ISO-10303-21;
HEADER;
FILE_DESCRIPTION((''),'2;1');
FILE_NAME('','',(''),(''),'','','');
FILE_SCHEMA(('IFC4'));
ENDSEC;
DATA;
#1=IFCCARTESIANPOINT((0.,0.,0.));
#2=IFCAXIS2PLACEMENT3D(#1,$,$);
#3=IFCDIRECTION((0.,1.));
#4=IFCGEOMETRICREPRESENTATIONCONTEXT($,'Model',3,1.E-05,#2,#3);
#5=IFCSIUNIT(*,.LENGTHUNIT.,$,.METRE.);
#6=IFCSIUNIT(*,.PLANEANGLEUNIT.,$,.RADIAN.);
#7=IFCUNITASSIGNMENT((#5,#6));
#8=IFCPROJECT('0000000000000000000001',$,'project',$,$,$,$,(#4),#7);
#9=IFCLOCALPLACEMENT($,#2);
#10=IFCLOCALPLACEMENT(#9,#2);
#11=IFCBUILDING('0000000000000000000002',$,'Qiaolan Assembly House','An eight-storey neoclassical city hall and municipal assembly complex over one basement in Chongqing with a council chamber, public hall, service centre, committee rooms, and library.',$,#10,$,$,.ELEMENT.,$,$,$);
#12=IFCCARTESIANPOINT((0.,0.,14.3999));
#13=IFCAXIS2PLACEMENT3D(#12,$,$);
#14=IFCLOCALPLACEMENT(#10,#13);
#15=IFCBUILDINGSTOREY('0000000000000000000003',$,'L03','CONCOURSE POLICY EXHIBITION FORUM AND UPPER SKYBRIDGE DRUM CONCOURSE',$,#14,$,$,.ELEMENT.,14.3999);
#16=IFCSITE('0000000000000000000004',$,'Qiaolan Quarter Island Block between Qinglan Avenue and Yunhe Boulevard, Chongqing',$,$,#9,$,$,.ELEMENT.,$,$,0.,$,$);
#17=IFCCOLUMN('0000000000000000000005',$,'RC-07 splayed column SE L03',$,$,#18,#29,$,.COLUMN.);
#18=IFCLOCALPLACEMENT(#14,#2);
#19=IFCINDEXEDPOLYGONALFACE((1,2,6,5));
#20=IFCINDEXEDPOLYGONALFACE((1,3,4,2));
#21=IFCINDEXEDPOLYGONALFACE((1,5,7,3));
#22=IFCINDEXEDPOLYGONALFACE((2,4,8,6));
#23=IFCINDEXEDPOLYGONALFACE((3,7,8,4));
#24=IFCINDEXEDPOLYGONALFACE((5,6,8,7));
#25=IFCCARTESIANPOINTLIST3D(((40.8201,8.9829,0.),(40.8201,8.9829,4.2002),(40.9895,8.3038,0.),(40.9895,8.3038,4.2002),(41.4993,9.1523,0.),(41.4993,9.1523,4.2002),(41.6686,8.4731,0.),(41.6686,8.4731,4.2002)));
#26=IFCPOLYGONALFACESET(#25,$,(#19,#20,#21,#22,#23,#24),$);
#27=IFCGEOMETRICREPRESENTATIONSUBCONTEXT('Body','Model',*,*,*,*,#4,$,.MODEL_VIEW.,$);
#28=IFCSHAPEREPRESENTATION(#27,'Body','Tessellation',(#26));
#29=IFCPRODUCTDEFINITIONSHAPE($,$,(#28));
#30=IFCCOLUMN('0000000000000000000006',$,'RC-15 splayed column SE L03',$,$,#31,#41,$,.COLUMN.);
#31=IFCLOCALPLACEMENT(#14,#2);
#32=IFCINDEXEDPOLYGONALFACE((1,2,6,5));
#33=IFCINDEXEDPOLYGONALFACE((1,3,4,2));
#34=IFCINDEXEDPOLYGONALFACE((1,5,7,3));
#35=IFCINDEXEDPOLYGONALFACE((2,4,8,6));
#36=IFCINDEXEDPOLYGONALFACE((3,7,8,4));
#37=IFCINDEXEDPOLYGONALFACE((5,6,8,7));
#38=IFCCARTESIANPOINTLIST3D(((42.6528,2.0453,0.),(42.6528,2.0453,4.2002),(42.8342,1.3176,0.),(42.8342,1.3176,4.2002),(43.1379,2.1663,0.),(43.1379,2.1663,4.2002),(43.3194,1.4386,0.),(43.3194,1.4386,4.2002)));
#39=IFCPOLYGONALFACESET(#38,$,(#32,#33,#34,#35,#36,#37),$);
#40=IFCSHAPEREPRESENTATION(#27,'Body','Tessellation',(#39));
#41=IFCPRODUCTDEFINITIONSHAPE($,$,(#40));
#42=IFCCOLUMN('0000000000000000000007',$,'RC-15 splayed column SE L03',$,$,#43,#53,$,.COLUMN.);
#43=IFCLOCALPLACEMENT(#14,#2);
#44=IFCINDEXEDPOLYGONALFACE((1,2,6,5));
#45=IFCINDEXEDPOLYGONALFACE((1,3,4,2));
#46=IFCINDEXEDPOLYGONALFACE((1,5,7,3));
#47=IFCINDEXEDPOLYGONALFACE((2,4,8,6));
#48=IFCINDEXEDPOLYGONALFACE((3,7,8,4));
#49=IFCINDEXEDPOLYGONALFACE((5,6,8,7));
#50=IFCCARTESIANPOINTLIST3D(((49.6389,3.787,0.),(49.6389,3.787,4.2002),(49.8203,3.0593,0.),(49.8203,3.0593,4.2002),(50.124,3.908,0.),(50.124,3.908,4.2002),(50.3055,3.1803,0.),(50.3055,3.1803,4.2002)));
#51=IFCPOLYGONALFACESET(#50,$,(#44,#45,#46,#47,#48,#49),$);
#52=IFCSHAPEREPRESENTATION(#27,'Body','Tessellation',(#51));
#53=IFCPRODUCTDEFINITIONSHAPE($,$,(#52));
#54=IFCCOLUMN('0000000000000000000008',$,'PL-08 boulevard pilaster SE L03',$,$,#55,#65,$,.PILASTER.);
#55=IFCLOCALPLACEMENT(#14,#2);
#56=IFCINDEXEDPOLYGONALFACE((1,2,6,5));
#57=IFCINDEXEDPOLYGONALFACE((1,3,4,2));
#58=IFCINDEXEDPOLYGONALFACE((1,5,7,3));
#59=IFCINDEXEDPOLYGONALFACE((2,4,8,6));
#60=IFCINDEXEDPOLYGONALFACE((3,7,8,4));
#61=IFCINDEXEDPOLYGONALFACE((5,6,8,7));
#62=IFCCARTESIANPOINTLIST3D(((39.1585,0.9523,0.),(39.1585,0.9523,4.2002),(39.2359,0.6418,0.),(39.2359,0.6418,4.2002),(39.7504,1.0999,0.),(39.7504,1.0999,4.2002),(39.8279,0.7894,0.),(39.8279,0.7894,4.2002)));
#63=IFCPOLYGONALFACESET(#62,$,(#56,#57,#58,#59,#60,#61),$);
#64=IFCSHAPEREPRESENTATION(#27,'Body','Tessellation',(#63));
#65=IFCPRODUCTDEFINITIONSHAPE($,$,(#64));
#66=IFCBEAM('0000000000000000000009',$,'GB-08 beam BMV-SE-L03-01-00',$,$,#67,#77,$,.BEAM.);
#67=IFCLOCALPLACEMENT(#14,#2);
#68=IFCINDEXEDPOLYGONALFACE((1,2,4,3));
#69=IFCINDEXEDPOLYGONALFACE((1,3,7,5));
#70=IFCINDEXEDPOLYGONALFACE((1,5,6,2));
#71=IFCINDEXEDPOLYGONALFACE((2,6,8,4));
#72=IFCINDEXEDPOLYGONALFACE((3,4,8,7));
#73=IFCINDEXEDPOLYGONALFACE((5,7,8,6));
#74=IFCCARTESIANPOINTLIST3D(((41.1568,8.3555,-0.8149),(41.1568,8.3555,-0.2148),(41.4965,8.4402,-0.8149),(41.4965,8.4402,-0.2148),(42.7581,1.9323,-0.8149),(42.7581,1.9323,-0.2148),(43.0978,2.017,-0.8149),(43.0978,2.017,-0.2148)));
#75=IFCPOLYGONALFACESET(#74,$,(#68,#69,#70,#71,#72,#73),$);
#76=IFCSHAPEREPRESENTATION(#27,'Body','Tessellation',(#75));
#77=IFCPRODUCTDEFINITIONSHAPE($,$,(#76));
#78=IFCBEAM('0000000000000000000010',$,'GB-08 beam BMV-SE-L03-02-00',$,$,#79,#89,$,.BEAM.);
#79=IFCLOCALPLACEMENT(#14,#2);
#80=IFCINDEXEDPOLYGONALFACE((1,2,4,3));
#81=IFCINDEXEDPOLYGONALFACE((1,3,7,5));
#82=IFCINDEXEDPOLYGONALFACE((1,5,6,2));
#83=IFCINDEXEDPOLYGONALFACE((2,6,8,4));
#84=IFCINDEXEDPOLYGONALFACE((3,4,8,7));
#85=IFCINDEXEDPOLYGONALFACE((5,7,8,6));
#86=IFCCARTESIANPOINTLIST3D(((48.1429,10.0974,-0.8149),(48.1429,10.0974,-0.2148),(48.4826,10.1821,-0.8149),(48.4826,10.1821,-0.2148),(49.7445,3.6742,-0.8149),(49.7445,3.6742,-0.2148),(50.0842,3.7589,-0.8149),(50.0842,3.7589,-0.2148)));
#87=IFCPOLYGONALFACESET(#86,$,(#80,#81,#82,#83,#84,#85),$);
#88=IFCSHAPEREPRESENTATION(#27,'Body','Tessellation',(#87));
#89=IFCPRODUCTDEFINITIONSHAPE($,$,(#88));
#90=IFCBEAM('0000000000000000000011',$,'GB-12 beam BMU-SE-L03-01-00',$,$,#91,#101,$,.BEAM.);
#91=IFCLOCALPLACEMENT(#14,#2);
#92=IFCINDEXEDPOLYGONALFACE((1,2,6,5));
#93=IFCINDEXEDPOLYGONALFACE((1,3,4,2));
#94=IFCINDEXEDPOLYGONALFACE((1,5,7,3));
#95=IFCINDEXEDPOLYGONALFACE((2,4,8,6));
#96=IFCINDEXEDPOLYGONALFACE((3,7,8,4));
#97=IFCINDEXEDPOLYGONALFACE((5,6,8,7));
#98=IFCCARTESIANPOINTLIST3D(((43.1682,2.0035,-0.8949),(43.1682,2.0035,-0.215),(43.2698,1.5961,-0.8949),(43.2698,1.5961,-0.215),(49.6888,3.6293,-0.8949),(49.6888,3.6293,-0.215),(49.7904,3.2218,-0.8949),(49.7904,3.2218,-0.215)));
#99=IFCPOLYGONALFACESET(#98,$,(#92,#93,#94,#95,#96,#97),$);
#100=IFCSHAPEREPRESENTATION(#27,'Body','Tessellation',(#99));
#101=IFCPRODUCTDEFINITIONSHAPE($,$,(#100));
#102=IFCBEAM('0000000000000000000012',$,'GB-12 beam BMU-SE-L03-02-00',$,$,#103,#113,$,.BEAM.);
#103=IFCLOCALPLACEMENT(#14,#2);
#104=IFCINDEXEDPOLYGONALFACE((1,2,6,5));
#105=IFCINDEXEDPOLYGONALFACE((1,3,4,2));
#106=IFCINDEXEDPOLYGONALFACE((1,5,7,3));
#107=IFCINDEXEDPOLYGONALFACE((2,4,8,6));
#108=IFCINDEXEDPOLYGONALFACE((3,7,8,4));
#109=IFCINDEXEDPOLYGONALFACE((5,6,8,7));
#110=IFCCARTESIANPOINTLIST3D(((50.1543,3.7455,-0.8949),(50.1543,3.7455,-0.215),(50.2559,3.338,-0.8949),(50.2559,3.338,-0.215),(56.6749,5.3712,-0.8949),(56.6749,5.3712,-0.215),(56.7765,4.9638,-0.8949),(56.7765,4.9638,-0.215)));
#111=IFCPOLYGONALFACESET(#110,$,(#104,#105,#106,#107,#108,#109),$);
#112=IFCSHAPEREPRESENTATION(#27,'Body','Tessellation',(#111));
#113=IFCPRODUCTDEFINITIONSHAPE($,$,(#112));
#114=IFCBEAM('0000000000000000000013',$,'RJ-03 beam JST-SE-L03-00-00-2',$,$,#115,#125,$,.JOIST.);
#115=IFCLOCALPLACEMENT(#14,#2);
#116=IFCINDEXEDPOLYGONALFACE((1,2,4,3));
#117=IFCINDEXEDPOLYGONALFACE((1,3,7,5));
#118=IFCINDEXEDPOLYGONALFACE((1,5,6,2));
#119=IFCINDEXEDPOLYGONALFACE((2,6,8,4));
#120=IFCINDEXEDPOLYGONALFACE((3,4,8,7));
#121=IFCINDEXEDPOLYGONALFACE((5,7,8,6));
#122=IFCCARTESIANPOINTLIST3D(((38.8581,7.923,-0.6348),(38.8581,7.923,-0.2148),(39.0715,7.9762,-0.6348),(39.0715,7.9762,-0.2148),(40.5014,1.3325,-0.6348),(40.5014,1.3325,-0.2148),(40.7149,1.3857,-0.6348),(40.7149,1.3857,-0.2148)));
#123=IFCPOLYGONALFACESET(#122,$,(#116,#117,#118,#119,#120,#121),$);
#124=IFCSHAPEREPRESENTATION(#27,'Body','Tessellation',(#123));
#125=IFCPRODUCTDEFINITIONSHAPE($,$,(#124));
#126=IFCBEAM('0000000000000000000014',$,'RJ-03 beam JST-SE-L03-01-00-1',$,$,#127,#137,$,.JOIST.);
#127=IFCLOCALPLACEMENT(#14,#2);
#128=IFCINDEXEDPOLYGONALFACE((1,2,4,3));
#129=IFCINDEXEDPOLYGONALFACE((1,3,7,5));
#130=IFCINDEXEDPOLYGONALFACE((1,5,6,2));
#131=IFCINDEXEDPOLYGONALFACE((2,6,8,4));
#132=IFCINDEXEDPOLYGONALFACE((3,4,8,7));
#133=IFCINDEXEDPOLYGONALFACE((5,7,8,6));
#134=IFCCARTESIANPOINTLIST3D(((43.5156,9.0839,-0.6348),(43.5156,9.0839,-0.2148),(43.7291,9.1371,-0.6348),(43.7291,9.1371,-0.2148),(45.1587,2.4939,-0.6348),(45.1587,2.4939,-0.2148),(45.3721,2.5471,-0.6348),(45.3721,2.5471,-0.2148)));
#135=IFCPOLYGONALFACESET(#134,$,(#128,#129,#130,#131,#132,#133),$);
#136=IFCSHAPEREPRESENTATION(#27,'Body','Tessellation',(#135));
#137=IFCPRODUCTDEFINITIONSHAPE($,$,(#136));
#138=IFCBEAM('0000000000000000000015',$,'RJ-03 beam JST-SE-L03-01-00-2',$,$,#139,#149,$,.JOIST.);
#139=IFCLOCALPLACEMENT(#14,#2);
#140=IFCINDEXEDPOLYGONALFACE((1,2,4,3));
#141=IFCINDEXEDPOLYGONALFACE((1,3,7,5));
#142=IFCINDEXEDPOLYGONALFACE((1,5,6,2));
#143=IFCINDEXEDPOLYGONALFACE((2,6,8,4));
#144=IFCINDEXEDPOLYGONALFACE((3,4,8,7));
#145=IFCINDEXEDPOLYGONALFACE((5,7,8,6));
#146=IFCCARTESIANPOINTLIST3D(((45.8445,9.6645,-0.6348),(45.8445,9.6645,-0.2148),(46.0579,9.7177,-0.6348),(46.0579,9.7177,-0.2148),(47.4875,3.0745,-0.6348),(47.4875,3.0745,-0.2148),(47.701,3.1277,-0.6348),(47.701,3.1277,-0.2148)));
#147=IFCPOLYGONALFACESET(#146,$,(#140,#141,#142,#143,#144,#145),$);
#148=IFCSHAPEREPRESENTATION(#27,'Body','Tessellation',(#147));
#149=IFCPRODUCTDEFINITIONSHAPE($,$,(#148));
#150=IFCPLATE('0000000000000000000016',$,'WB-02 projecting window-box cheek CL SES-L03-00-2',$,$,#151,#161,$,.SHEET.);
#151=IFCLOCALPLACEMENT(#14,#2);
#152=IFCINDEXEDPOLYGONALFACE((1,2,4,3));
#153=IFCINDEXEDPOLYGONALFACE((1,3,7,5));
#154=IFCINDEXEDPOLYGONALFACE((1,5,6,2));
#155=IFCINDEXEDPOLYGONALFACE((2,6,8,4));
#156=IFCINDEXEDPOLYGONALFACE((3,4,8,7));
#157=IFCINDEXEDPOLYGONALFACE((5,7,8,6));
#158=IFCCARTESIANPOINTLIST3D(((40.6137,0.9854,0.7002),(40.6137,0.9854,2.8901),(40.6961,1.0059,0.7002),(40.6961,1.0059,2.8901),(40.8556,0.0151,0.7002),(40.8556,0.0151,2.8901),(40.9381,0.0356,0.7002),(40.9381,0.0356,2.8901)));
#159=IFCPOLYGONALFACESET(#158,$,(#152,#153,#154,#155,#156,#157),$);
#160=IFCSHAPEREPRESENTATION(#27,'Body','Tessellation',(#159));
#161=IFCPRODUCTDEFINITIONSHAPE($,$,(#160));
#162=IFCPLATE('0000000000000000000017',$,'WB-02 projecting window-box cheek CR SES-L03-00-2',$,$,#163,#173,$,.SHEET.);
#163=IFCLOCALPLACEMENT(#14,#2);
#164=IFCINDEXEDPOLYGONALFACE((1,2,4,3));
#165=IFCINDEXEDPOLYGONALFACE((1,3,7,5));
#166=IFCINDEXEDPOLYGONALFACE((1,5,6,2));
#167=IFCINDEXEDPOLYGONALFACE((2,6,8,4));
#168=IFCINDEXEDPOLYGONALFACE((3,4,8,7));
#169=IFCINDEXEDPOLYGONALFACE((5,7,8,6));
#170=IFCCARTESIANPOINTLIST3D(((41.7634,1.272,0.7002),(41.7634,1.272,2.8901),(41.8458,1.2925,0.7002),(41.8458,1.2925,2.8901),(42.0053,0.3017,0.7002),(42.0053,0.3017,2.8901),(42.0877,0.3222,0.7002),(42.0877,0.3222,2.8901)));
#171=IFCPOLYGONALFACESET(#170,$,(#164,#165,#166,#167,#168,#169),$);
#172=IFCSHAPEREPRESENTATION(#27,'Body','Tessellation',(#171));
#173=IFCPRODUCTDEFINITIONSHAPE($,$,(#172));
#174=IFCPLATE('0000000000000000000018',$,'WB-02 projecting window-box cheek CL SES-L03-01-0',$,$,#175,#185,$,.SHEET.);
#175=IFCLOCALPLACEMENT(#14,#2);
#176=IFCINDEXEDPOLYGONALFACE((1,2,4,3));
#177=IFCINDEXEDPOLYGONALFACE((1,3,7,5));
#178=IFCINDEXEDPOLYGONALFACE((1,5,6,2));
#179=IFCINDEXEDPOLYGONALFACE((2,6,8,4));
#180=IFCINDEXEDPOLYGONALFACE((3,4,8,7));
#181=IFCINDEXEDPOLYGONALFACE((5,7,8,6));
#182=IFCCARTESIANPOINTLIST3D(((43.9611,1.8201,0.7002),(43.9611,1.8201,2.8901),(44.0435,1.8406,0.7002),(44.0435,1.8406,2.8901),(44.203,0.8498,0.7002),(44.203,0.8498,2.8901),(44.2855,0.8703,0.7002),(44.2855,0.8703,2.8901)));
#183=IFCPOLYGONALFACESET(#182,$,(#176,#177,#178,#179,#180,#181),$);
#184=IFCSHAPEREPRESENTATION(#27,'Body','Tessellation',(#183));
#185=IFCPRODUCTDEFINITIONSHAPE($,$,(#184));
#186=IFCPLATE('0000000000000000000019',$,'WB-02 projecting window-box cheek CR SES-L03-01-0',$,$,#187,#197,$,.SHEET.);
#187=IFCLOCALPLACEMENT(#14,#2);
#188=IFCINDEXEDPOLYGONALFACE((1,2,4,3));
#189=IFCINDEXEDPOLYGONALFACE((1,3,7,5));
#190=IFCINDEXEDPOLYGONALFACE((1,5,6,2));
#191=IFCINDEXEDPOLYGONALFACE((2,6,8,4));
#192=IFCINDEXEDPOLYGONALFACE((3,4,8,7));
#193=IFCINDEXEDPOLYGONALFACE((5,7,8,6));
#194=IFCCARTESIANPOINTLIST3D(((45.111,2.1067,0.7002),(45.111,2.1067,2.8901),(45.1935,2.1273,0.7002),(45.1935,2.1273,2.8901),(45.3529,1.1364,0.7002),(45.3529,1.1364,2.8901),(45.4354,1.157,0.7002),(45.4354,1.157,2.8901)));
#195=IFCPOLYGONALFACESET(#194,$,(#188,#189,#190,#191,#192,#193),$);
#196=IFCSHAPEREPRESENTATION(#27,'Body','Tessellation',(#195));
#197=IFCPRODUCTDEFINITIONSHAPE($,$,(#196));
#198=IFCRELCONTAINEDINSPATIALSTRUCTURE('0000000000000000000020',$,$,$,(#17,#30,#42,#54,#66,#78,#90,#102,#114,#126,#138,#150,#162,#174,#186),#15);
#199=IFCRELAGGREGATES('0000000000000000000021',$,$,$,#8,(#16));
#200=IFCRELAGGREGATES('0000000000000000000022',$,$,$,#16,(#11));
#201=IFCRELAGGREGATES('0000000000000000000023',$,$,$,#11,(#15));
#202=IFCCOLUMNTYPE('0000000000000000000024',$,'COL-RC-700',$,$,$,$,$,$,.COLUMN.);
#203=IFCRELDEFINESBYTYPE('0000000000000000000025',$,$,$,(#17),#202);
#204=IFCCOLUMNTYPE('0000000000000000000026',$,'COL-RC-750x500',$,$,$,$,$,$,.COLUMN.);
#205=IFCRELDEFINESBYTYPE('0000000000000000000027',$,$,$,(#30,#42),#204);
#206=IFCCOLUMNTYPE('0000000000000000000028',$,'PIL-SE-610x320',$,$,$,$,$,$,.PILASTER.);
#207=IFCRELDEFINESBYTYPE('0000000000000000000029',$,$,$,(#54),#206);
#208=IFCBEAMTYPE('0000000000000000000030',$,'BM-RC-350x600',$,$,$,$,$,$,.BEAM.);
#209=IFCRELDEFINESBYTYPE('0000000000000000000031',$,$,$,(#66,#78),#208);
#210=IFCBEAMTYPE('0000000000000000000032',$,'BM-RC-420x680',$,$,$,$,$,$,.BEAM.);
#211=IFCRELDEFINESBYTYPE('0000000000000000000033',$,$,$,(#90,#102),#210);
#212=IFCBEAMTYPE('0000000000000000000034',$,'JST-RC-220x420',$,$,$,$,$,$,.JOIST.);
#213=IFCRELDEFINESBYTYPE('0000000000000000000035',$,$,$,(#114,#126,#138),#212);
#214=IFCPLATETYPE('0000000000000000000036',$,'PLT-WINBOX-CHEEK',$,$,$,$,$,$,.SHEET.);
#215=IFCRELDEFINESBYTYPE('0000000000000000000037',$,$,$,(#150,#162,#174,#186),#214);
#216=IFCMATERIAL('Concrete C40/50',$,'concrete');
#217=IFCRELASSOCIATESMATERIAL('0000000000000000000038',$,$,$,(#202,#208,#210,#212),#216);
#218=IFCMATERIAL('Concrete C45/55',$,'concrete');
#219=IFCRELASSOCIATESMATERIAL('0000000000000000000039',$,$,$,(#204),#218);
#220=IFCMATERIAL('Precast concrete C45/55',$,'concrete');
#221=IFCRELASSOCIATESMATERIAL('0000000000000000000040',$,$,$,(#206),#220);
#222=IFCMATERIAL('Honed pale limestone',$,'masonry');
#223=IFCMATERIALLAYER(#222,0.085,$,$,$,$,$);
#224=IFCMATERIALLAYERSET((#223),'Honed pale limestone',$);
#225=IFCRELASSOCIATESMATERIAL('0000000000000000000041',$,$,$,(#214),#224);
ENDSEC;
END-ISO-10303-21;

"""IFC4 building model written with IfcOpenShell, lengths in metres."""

from ifc_helpers import new_model, si_unit, direction, frame, origin, origin_2d, place, context, subcontext, project, spatial, rectangle, extrude, material, layer, layer_set, material_profile, profile_set, type_object, element, save


model = new_model("IFC4")

# Units and contexts
model_context = context("Model", 3, precision=1e-05, world=origin(), true_north=direction((0.0, 1.0)))
body_context = subcontext(model_context, "Body", "Model", "MODEL_VIEW")
ifc_project = project(units=[si_unit("LENGTHUNIT", "METRE"), si_unit("PLANEANGLEUNIT", "RADIAN")], contexts=[model_context])

# Site, building, storey
site_placement = place(None, origin())
site = spatial("IfcSite", under=ifc_project, at=site_placement, Name="Qiaolan Quarter Island Block between Qinglan Avenue and Yunhe Boulevard, Chongqing", CompositionType="ELEMENT", RefElevation=0.0)
building_placement = place(site_placement, origin())
building = spatial("IfcBuilding", under=site, at=building_placement, Name="Qiaolan Assembly House", Description="An eight-storey neoclassical city hall and municipal assembly complex over one basement in Chongqing with a council chamber, public hall, service centre, committee rooms, and library.", CompositionType="ELEMENT")
storey_placement = place(building_placement, frame((0.0, 0.0, 14.3999)))
storey = spatial("IfcBuildingStorey", under=building, at=storey_placement, Name="L03", Description="CONCOURSE POLICY EXHIBITION FORUM AND UPPER SKYBRIDGE DRUM CONCOURSE", CompositionType="ELEMENT", Elevation=14.3999)

# Columns
ifc_material_1 = material(Name="Concrete C40/50", Category="concrete")
ifc_material_profile_1 = material_profile(ifc_material_1, rectangle(XDim=0.7, YDim=0.7, at=origin_2d()), Name="RC 700x700")
ifc_profile_set_1 = profile_set([ifc_material_profile_1], Name="Concrete C40/50")
column_type_1 = type_object("IfcColumnType", Name="COL-RC-700", PredefinedType="COLUMN", material=ifc_profile_set_1)
column_1_placement = place(storey_placement, frame((41.2444, 8.728, 0.0), z_axis=(0.0, 0.0, 1.0), x_axis=(0.970296, 0.241922, 0.0)))
element("IfcColumn", 1, at=column_1_placement, inside=storey, type_object=column_type_1, Name="RC-07 splayed column SE L03", PredefinedType="COLUMN", context=body_context, shape_type="SweptSolid", body=[
    extrude(rectangle(XDim=0.7, YDim=0.7, at=origin_2d()), origin(), (0.0, 0.0, 1.0), 4.2002),
])
ifc_material_2 = material(Name="Concrete C45/55", Category="concrete")
ifc_material_profile_2 = material_profile(ifc_material_2, rectangle(XDim=0.5, YDim=0.75, at=origin_2d()), Name="RC 750x500")
ifc_profile_set_2 = profile_set([ifc_material_profile_2], Name="Concrete C45/55")
column_type_2 = type_object("IfcColumnType", Name="COL-RC-750x500", PredefinedType="COLUMN", material=ifc_profile_set_2)
for number, where, z_axis, x_axis, name in (
    (2, (42.9861, 1.7419, 0.0), (0.0, 0.0, 1.0), (0.970296, 0.241922, 0.0), "RC-15 splayed column SE L03"),
    (3, (49.9722, 3.4836, 0.0), (0.0, 0.0, 1.0), (0.970296, 0.241922, 0.0), "RC-15 splayed column SE L03"),
):
    element("IfcColumn", number, at=place(storey_placement, frame(where, z_axis=z_axis, x_axis=x_axis)), inside=storey, type_object=column_type_2, Name=name, PredefinedType="COLUMN", context=body_context, shape_type="SweptSolid", body=[
        extrude(rectangle(XDim=0.5, YDim=0.75, at=origin_2d()), origin(), (0.0, 0.0, 1.0), 4.2002),
    ])
ifc_material_3 = material(Name="Precast concrete C45/55", Category="concrete")
ifc_material_profile_3 = material_profile(ifc_material_3, rectangle(XDim=0.6101, YDim=0.3201, at=origin_2d()), Name="PIL 610x320")
ifc_profile_set_3 = profile_set([ifc_material_profile_3], Name="Precast concrete C45/55")
column_type_3 = type_object("IfcColumnType", Name="PIL-SE-610x320", PredefinedType="PILASTER", material=ifc_profile_set_3)
column_2_placement = place(storey_placement, frame((39.4932, 0.8708, 0.0), z_axis=(0.0, 0.0, 1.0), x_axis=(0.970296, 0.241922, 0.0)))
element("IfcColumn", 4, at=column_2_placement, inside=storey, type_object=column_type_3, Name="PL-08 boulevard pilaster SE L03", PredefinedType="PILASTER", context=body_context, shape_type="SweptSolid", body=[
    extrude(rectangle(XDim=0.6101, YDim=0.3201, at=origin_2d()), origin(), (0.0, 0.0, 1.0), 4.2002),
])

# Beams
ifc_material_profile_4 = material_profile(ifc_material_1, rectangle(XDim=0.3501, YDim=0.6001, at=origin_2d()), Name="RCB 350x600")
ifc_profile_set_4 = profile_set([ifc_material_profile_4], Name="Concrete C40/50")
beam_type_1 = type_object("IfcBeamType", Name="BM-RC-350x600", PredefinedType="BEAM", material=ifc_profile_set_4)
for number, where, z_axis, x_axis, name in (
    (5, (42.928, 1.9746, -0.5149), (-0.241893, 0.970303, 0.0), (-0.970303, -0.241893, 0.0), "GB-08 beam BMV-SE-L03-01-00"),
    (6, (49.9143, 3.7166, -0.5149), (-0.241928, 0.970294, 0.0), (-0.970294, -0.241928, 0.0), "GB-08 beam BMV-SE-L03-02-00"),
):
    element("IfcBeam", number, at=place(storey_placement, frame(where, z_axis=z_axis, x_axis=x_axis)), inside=storey, type_object=beam_type_1, Name=name, PredefinedType="BEAM", context=body_context, shape_type="SweptSolid", body=[
        extrude(rectangle(XDim=0.3501, YDim=0.6001, at=origin_2d()), origin(), (0.0, 0.0, 1.0), 6.6199),
    ])
ifc_material_profile_5 = material_profile(ifc_material_1, rectangle(XDim=0.4199, YDim=0.6799, at=origin_2d()), Name="RCB 420x680")
ifc_profile_set_5 = profile_set([ifc_material_profile_5], Name="Concrete C40/50")
beam_type_2 = type_object("IfcBeamType", Name="BM-RC-420x680", PredefinedType="BEAM", material=ifc_profile_set_5)
for number, where, z_axis, x_axis, name in (
    (7, (43.219, 1.7998, -0.5549), (0.970296, 0.24192, 0.0), (-0.24192, 0.970296, 0.0), "GB-12 beam BMU-SE-L03-01-00"),
    (8, (50.2051, 3.5417, -0.5549), (0.970296, 0.24192, 0.0), (-0.24192, 0.970296, 0.0), "GB-12 beam BMU-SE-L03-02-00"),
):
    element("IfcBeam", number, at=place(storey_placement, frame(where, z_axis=z_axis, x_axis=x_axis)), inside=storey, type_object=beam_type_2, Name=name, PredefinedType="BEAM", context=body_context, shape_type="SweptSolid", body=[
        extrude(rectangle(XDim=0.4199, YDim=0.6799, at=origin_2d()), origin(), (0.0, 0.0, 1.0), 6.7202),
    ])
ifc_material_profile_6 = material_profile(ifc_material_1, rectangle(XDim=0.22, YDim=0.4199, at=origin_2d()), Name="RCB 220x420")
ifc_profile_set_6 = profile_set([ifc_material_profile_6], Name="Concrete C40/50")
beam_type_3 = type_object("IfcBeamType", Name="JST-RC-220x420", PredefinedType="JOIST", material=ifc_profile_set_6)
beam_placement = place(storey_placement, frame((40.6082, 1.3591, -0.4248), z_axis=(-0.241944, 0.97029, 0.0), x_axis=(-0.97029, -0.241944, 0.0)))
element("IfcBeam", 9, at=beam_placement, inside=storey, type_object=beam_type_3, Name="RJ-03 beam JST-SE-L03-00-00-2", PredefinedType="JOIST", context=body_context, shape_type="SweptSolid", body=[
    extrude(rectangle(XDim=0.22, YDim=0.4199, at=origin_2d()), origin(), (0.0, 0.0, 1.0), 6.7922),
])
for number, where, z_axis, x_axis, name in (
    (10, (45.2654, 2.5205, -0.4248), (-0.241918, 0.970297, 0.0), (-0.970297, -0.241918, 0.0), "RJ-03 beam JST-SE-L03-01-00-1"),
    (11, (47.5942, 3.1011, -0.4248), (-0.241918, 0.970297, 0.0), (-0.970297, -0.241918, 0.0), "RJ-03 beam JST-SE-L03-01-00-2"),
):
    element("IfcBeam", number, at=place(storey_placement, frame(where, z_axis=z_axis, x_axis=x_axis)), inside=storey, type_object=beam_type_3, Name=name, PredefinedType="JOIST", context=body_context, shape_type="SweptSolid", body=[
        extrude(rectangle(XDim=0.22, YDim=0.4199, at=origin_2d()), origin(), (0.0, 0.0, 1.0), 6.7917),
    ])

# Plates
ifc_material_4 = material(Name="Honed pale limestone", Category="masonry")
ifc_layer_1 = layer(ifc_material_4, 0.085)
ifc_layer_set_1 = layer_set([ifc_layer_1], Name="Honed pale limestone")
plate_type = type_object("IfcPlateType", Name="PLT-WINBOX-CHEEK", PredefinedType="SHEET", material=ifc_layer_set_1)
for number, where, z_axis, x_axis, name in (
    (12, (40.7759, 0.5105, 0.7002), (0.0, 0.0, 1.0), (0.970296, 0.241922, 0.0), "WB-02 projecting window-box cheek CL SES-L03-00-2"),
    (13, (41.9255, 0.7971, 0.7002), (0.0, 0.0, 1.0), (0.970296, 0.241922, 0.0), "WB-02 projecting window-box cheek CR SES-L03-00-2"),
    (14, (44.1233, 1.3452, 0.7002), (0.0, 0.0, 1.0), (0.970296, 0.241922, 0.0), "WB-02 projecting window-box cheek CL SES-L03-01-0"),
    (15, (45.2732, 1.6318, 0.7002), (0.0, 0.0, 1.0), (0.970296, 0.241922, 0.0), "WB-02 projecting window-box cheek CR SES-L03-01-0"),
):
    element("IfcPlate", number, at=place(storey_placement, frame(where, z_axis=z_axis, x_axis=x_axis)), inside=storey, type_object=plate_type, Name=name, PredefinedType="SHEET", context=body_context, shape_type="SweptSolid", body=[
        extrude(rectangle(XDim=0.085, YDim=1.0, at=origin_2d()), origin(), (0.0, 0.0, 1.0), 2.1899),
    ])

save(model, "model.ifc")
